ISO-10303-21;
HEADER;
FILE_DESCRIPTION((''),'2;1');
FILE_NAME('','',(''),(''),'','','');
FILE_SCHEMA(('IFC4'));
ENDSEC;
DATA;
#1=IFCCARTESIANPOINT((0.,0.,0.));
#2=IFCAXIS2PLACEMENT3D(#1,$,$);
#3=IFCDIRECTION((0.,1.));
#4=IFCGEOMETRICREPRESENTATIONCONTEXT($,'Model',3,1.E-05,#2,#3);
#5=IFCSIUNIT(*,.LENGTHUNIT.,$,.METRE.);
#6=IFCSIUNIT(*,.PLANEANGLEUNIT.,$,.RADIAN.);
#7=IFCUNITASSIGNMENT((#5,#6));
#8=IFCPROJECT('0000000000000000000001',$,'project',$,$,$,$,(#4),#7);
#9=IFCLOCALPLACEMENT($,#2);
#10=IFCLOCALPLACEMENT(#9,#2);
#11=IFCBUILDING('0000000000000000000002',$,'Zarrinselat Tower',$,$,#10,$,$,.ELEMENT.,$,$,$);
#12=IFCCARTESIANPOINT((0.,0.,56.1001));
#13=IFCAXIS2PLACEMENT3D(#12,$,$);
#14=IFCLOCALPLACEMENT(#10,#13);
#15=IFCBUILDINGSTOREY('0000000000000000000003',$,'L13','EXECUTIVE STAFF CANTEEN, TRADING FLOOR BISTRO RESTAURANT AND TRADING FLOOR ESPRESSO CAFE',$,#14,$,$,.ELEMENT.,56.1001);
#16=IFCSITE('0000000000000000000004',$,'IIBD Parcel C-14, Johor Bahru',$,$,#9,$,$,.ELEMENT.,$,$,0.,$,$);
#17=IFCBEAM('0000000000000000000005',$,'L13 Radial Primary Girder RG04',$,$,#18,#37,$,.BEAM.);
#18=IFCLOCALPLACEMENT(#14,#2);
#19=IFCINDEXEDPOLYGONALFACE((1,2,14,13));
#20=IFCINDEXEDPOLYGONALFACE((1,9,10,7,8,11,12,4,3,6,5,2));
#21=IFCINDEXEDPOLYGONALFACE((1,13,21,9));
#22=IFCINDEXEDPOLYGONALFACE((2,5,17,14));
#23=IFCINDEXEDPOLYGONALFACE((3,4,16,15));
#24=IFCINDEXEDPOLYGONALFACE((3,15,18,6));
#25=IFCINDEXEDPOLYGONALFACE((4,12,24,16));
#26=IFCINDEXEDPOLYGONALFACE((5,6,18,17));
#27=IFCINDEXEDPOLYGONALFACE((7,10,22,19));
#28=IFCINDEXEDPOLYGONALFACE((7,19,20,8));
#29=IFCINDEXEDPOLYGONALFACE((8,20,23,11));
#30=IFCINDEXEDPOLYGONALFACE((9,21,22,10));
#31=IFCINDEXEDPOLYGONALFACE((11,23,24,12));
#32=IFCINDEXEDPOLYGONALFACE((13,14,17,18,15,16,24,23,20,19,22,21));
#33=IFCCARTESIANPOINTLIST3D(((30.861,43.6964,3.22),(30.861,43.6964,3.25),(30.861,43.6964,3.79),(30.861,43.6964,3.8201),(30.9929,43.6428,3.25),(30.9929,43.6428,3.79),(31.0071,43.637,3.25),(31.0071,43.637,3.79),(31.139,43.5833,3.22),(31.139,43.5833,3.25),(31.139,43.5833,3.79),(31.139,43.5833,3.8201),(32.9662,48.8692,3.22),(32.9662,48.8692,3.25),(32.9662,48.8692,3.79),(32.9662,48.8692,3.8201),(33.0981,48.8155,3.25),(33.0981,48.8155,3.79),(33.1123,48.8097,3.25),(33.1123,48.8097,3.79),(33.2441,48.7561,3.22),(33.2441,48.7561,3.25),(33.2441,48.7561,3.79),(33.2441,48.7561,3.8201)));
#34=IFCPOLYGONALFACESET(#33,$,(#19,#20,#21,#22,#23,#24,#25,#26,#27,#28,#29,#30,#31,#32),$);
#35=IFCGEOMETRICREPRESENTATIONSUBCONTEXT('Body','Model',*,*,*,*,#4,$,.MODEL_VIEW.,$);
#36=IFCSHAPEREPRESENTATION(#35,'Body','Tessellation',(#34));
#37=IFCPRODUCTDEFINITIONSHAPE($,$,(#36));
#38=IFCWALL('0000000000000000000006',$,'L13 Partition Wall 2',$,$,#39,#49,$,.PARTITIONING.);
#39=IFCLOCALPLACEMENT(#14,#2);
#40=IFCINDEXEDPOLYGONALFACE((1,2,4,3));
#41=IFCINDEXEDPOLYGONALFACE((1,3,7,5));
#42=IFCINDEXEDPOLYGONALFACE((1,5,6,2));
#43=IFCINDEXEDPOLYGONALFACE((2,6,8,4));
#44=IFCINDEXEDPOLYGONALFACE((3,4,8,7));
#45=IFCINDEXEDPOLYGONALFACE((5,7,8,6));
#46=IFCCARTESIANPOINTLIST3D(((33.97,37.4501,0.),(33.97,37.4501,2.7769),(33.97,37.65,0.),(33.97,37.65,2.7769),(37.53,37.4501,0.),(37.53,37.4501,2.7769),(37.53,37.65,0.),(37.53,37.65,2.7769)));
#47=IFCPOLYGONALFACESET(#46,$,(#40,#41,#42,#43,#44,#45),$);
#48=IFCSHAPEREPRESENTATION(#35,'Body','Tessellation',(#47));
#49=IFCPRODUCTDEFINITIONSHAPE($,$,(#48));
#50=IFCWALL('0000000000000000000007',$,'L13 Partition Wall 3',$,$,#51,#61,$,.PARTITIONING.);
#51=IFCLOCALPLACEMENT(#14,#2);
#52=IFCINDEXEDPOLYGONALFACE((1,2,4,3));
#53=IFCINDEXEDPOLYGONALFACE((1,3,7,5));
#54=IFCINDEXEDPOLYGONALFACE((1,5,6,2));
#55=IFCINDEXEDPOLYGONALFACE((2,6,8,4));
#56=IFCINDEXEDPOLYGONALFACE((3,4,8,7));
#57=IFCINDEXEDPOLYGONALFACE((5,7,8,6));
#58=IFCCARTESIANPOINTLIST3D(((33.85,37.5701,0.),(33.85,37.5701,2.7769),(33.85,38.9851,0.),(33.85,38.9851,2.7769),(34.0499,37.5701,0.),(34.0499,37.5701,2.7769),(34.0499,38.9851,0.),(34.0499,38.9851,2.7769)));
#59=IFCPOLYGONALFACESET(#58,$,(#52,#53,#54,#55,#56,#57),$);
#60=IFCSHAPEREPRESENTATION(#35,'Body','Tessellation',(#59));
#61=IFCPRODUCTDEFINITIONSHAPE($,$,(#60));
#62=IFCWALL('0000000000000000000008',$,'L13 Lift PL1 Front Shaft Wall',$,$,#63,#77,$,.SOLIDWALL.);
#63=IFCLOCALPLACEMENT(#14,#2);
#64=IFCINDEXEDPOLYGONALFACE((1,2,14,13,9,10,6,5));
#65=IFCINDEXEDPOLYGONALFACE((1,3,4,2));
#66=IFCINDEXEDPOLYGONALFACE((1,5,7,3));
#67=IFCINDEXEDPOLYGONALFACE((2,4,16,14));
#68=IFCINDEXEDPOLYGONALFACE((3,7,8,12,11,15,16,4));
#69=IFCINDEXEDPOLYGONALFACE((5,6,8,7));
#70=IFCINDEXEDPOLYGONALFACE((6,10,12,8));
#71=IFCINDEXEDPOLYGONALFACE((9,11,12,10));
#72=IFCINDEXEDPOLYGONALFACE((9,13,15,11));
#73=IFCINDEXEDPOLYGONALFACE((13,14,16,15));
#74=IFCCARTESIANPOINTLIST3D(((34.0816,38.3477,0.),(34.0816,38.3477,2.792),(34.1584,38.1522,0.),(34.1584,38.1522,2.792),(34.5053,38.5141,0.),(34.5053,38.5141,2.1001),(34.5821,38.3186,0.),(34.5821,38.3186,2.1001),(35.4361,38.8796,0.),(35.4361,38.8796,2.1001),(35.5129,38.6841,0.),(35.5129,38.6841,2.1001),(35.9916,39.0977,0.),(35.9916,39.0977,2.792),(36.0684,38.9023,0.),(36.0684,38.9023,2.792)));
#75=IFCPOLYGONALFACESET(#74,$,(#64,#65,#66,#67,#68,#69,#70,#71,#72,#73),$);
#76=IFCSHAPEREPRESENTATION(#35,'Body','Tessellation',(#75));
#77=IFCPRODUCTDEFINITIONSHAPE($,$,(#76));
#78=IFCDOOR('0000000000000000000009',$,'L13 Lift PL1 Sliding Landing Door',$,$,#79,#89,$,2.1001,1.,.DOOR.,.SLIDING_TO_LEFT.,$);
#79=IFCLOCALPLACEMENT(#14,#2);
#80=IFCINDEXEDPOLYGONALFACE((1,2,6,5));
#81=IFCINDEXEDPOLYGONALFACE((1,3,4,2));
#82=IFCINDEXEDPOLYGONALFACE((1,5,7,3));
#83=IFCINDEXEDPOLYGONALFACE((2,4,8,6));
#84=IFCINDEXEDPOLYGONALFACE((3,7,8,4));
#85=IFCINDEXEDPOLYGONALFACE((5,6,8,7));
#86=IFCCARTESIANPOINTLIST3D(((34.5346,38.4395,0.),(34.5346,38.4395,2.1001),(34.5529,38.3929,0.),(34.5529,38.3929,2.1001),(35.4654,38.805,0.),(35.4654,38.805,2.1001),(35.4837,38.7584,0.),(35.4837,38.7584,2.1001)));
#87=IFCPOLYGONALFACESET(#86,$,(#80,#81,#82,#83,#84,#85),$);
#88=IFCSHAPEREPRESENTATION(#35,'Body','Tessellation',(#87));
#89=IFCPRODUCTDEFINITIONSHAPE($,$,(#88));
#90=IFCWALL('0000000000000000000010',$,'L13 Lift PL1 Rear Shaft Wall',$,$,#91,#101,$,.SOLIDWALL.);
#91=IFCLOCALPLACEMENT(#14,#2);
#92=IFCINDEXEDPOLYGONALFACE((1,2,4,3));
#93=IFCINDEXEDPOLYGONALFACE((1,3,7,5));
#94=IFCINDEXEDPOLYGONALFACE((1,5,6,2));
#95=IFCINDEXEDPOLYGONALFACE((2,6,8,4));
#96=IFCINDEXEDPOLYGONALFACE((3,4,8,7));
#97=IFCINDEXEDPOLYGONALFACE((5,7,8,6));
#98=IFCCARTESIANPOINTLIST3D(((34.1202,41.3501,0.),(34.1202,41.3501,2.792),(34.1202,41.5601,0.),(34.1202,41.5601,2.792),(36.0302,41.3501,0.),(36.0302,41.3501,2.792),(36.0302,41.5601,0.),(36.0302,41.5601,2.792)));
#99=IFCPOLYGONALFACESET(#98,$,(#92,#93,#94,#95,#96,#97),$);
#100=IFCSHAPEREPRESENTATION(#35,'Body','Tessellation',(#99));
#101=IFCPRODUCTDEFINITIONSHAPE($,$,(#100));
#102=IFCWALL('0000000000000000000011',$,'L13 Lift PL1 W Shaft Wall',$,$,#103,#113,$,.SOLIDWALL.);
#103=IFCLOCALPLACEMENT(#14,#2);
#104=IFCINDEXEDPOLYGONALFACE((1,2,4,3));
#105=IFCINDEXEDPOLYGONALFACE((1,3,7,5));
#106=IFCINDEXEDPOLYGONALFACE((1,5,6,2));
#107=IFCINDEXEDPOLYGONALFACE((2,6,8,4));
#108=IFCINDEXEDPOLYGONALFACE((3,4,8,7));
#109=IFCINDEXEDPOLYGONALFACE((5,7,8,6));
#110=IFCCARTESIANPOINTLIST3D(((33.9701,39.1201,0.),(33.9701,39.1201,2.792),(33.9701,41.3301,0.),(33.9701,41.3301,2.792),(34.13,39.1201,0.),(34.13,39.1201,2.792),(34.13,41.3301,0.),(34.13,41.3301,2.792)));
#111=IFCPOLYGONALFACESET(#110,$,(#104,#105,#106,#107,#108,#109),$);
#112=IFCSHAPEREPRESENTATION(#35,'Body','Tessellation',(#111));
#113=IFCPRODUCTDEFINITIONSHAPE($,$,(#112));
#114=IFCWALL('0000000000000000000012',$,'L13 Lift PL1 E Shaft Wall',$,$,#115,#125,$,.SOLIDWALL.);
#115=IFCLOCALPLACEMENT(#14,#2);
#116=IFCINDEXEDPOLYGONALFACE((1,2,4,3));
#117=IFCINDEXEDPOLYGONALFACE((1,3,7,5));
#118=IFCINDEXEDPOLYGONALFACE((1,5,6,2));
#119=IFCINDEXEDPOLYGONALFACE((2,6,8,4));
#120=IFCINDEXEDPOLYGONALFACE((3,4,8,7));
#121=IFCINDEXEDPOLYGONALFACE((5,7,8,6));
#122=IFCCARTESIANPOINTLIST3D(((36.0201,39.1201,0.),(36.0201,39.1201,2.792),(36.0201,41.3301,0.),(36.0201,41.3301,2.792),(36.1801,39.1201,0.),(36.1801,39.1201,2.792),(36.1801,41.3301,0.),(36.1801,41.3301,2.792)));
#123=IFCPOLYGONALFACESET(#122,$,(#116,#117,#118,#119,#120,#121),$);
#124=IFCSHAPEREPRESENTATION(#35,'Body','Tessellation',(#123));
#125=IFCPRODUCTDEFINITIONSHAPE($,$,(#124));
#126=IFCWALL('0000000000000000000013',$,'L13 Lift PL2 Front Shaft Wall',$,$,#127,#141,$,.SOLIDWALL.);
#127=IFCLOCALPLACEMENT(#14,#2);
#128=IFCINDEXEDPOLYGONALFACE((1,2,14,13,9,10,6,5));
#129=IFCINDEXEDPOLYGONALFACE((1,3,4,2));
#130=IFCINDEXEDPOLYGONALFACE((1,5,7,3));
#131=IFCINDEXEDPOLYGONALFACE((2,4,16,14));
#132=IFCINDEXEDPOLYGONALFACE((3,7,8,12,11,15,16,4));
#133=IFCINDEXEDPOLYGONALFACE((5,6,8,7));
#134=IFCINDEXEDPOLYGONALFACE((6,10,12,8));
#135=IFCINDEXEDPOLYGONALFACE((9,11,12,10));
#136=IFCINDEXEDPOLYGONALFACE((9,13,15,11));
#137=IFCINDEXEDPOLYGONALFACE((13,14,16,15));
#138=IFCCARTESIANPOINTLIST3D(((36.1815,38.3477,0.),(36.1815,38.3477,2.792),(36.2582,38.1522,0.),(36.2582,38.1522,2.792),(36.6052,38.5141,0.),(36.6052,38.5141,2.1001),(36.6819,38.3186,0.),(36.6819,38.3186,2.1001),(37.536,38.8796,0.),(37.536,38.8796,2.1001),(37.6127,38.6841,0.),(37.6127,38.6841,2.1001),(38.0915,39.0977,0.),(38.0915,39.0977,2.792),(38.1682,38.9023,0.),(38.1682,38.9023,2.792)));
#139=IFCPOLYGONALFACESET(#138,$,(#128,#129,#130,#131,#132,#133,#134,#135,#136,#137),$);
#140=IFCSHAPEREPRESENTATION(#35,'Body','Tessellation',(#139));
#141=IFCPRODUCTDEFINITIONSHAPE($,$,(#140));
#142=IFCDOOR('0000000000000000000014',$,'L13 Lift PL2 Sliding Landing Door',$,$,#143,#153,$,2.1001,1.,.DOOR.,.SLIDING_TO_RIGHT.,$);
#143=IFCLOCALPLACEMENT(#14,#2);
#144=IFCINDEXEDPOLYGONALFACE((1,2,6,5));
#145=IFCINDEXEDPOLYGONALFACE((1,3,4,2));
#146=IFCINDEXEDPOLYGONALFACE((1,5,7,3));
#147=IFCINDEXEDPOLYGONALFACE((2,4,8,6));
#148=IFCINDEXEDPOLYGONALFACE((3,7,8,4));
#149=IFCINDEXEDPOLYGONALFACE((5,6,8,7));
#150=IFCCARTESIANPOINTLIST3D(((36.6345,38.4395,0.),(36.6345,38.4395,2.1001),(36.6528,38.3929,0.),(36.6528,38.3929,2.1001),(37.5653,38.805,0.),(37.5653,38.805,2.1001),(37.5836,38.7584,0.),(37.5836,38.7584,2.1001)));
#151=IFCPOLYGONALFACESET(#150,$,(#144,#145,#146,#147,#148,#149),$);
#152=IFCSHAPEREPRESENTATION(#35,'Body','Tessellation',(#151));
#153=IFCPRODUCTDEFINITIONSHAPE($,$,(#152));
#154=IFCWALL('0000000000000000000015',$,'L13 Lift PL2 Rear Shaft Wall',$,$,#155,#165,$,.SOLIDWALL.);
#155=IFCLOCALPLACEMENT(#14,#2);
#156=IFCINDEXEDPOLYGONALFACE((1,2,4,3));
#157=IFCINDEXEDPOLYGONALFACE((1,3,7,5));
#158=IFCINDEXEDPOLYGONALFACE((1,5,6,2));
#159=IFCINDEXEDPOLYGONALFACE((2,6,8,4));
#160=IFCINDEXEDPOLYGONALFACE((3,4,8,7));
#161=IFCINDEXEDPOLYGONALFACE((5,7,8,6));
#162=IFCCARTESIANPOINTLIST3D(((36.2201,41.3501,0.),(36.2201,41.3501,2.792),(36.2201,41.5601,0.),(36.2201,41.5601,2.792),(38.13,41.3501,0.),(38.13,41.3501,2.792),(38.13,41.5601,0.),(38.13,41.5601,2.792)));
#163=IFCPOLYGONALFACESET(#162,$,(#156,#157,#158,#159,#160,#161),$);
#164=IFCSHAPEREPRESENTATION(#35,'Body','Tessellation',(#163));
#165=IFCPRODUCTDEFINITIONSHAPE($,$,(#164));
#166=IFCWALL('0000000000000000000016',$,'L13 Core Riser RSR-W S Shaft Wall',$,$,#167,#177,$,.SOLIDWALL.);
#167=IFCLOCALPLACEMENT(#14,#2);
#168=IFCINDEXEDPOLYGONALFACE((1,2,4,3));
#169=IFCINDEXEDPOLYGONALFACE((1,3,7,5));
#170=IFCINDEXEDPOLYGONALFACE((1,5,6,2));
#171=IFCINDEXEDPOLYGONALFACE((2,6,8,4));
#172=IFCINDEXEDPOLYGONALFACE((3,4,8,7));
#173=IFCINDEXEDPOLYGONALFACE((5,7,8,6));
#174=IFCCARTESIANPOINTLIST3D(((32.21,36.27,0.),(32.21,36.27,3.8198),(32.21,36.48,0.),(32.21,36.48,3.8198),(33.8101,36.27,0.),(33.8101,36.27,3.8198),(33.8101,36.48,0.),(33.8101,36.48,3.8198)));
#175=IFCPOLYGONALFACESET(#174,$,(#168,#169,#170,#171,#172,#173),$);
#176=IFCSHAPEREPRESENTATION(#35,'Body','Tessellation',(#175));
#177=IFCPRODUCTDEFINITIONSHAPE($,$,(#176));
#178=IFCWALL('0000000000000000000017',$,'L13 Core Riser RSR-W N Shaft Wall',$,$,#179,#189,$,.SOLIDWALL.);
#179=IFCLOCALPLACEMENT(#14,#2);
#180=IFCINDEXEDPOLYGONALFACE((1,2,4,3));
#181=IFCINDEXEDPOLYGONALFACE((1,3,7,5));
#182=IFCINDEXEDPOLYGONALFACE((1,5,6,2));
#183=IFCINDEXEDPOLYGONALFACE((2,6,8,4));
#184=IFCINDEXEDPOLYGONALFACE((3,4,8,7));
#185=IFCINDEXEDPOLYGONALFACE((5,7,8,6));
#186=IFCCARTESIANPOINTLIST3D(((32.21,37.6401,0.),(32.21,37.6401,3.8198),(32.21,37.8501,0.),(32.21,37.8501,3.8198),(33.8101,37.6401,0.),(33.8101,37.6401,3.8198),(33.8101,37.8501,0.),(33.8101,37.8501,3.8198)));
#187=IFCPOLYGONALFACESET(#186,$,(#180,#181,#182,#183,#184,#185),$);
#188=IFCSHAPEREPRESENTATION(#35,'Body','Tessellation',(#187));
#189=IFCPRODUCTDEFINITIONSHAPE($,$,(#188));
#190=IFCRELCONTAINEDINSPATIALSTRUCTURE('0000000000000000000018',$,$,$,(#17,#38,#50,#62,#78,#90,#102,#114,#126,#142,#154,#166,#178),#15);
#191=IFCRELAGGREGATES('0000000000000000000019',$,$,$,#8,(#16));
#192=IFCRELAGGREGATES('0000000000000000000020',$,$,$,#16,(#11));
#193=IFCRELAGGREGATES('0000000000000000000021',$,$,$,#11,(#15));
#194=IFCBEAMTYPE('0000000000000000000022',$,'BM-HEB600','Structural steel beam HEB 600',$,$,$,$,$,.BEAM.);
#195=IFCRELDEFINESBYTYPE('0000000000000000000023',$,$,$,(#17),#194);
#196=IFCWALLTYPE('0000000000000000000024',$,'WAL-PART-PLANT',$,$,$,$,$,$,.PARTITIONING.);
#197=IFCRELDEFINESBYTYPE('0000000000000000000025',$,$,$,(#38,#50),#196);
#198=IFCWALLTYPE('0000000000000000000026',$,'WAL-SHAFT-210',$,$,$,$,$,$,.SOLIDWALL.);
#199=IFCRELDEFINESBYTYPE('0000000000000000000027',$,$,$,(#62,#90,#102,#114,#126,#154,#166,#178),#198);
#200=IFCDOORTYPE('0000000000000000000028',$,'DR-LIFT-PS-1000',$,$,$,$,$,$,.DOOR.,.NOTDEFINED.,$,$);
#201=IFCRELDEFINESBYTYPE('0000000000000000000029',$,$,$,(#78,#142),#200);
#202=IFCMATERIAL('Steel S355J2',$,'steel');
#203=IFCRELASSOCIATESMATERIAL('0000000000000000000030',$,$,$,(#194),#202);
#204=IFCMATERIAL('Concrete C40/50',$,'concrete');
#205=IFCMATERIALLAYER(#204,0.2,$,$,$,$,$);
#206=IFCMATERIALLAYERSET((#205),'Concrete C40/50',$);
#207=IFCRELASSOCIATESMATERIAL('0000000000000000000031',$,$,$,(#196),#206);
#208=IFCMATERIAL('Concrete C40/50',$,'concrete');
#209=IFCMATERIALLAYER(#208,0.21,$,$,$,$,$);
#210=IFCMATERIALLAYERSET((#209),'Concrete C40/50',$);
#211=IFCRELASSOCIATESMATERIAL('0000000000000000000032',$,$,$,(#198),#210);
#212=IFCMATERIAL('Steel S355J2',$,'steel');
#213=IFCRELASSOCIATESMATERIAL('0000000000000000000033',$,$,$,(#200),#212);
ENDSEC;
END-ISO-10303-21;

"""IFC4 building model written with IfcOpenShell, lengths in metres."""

from ifc_helpers import new_model, si_unit, direction, frame, frame_2d, origin, origin_2d, place, context, subcontext, project, spatial, rectangle, i_section, extrude, material, layer, layer_set, material_profile, profile_set, type_object, element, fill, save


model = new_model("IFC4")

# Units and contexts
model_context = context("Model", 3, precision=1e-05, world=origin(), true_north=direction((0.0, 1.0)))
body_context = subcontext(model_context, "Body", "Model", "MODEL_VIEW")
ifc_project = project(units=[si_unit("LENGTHUNIT", "METRE"), si_unit("PLANEANGLEUNIT", "RADIAN")], contexts=[model_context])

# Site, building, storey
site_placement = place(None, origin())
site = spatial("IfcSite", under=ifc_project, at=site_placement, Name="IIBD Parcel C-14, Johor Bahru", CompositionType="ELEMENT", RefElevation=0.0)
building_placement = place(site_placement, origin())
building = spatial("IfcBuilding", under=site, at=building_placement, Name="Zarrinselat Tower", CompositionType="ELEMENT")
storey_placement = place(building_placement, frame((0.0, 0.0, 56.1001)))
storey = spatial("IfcBuildingStorey", under=building, at=storey_placement, Name="L13", Description="EXECUTIVE STAFF CANTEEN, TRADING FLOOR BISTRO RESTAURANT AND TRADING FLOOR ESPRESSO CAFE", CompositionType="ELEMENT", Elevation=56.1001)

# Beam
ifc_material_1 = material(Name="Steel S355J2", Category="steel")
ifc_material_profile = material_profile(ifc_material_1, i_section(OverallWidth=0.3, OverallDepth=0.6001, WebThickness=0.0154, FlangeThickness=0.03, at=origin_2d()), Name="HEB 600")
ifc_profile_set = profile_set([ifc_material_profile], Name="Steel S355J2")
beam_type = type_object("IfcBeamType", Name="BM-HEB600", Description="Structural steel beam HEB 600", PredefinedType="BEAM", material=ifc_profile_set)
beam_placement = place(storey_placement, frame((31.0, 43.6399, 3.52), z_axis=(0.376954, 0.926232, 0.0), x_axis=(-0.926232, 0.376954, 0.0)))
element("IfcBeam", 1, at=beam_placement, inside=storey, type_object=beam_type, Name="L13 Radial Primary Girder RG04", PredefinedType="BEAM", context=body_context, shape_type="SweptSolid", body=[
    extrude(i_section(OverallWidth=0.3, OverallDepth=0.6001, WebThickness=0.0154, FlangeThickness=0.03, at=origin_2d()), origin(), (0.0, 0.0, 1.0), 5.5847),
])

# Walls
ifc_material_2 = material(Name="Concrete C40/50", Category="concrete")
ifc_layer_1 = layer(ifc_material_2, 0.2)
ifc_layer_set_1 = layer_set([ifc_layer_1], Name="Concrete C40/50")
wall_type_1 = type_object("IfcWallType", Name="WAL-PART-PLANT", PredefinedType="PARTITIONING", material=ifc_layer_set_1)
wall_1_placement = place(storey_placement, frame((33.97, 37.55, 0.0), z_axis=(0.0, 0.0, 1.0), x_axis=(1.0, 0.0, 0.0)))
element("IfcWall", 2, at=wall_1_placement, inside=storey, type_object=wall_type_1, Name="L13 Partition Wall 2", PredefinedType="PARTITIONING", context=body_context, shape_type="SweptSolid", body=[
    extrude(rectangle(XDim=3.5601, YDim=0.2, at=frame_2d((1.78, 0.0))), origin(), (0.0, 0.0, 1.0), 2.7769),
])
wall_2_placement = place(storey_placement, frame((33.95, 37.5701, 0.0), z_axis=(0.0, 0.0, 1.0), x_axis=(0.0, 1.0, 0.0)))
element("IfcWall", 3, at=wall_2_placement, inside=storey, type_object=wall_type_1, Name="L13 Partition Wall 3", PredefinedType="PARTITIONING", context=body_context, shape_type="SweptSolid", body=[
    extrude(rectangle(XDim=1.415, YDim=0.2, at=frame_2d((0.7075, 0.0))), origin(), (0.0, 0.0, 1.0), 2.7769),
])

# Wall, opening, door
ifc_material_3 = material(Name="Concrete C40/50", Category="concrete")
ifc_layer_2 = layer(ifc_material_3, 0.21)
ifc_layer_set_2 = layer_set([ifc_layer_2], Name="Concrete C40/50")
wall_type_2 = type_object("IfcWallType", Name="WAL-SHAFT-210", PredefinedType="SOLIDWALL", material=ifc_layer_set_2)
wall_3_placement = place(storey_placement, frame((34.1201, 38.25, 0.0), z_axis=(0.0, 0.0, 1.0), x_axis=(0.930805, 0.365516, 0.0)))
wall_3 = element("IfcWall", 4, at=wall_3_placement, inside=storey, type_object=wall_type_2, Name="L13 Lift PL1 Front Shaft Wall", PredefinedType="SOLIDWALL", context=body_context, shape_type="SweptSolid", body=[
    extrude(rectangle(XDim=2.052, YDim=0.21, at=frame_2d((1.0259, 0.0))), origin(), (0.0, 0.0, 1.0), 2.792),
])
opening_1_placement = place(wall_3_placement, frame((0.4551, 0.0, 0.0)))
opening_1 = element("IfcOpeningElement", 5, at=opening_1_placement, cuts=wall_3, PredefinedType="OPENING", context=body_context, shape_type="SweptSolid", body=[
    extrude(rectangle(XDim=1.0, YDim=2.1001, at=frame_2d((0.5, 1.05))), frame((0.0, 0.115, 0.0), z_axis=(0.0, -1.0, 0.0), x_axis=(1.0, 0.0, 0.0)), (0.0, 0.0, 1.0), 0.23),
])
ifc_material_4 = material(Name="Steel S355J2", Category="steel")
door_type = type_object("IfcDoorType", Name="DR-LIFT-PS-1000", OperationType="NOTDEFINED", PredefinedType="DOOR", material=ifc_material_4)
door_1_placement = place(opening_1_placement, origin())
door_1 = element("IfcDoor", 6, at=door_1_placement, inside=storey, type_object=door_type, Name="L13 Lift PL1 Sliding Landing Door", OperationType="SLIDING_TO_LEFT", OverallHeight=2.1001, OverallWidth=1.0, PredefinedType="DOOR", context=body_context, shape_type="SweptSolid", body=[
    extrude(rectangle(XDim=1.0, YDim=2.1001, at=frame_2d((0.5, 1.05))), frame((0.0, 0.0249, 0.0), z_axis=(0.0, -1.0, 0.0), x_axis=(1.0, 0.0, 0.0)), (0.0, 0.0, 1.0), 0.05),
])
fill(opening_1, door_1)

# Walls
wall_4_placement = place(storey_placement, frame((34.1201, 41.4551, 0.0), z_axis=(0.0, 0.0, 1.0), x_axis=(1.0, 0.0, 0.0)))
element("IfcWall", 7, at=wall_4_placement, inside=storey, type_object=wall_type_2, Name="L13 Lift PL1 Rear Shaft Wall", PredefinedType="SOLIDWALL", context=body_context, shape_type="SweptSolid", body=[
    extrude(rectangle(XDim=1.9099, YDim=0.21, at=frame_2d((0.9551, 0.0))), origin(), (0.0, 0.0, 1.0), 2.792),
])
for number, where, z_axis, x_axis, name in (
    (8, (34.05, 39.1201, 0.0), (0.0, 0.0, 1.0), (0.0, 1.0, 0.0), "L13 Lift PL1 W Shaft Wall"),
    (9, (36.1001, 39.1201, 0.0), (0.0, 0.0, 1.0), (0.0, 1.0, 0.0), "L13 Lift PL1 E Shaft Wall"),
):
    element("IfcWall", number, at=place(storey_placement, frame(where, z_axis=z_axis, x_axis=x_axis)), inside=storey, type_object=wall_type_2, Name=name, PredefinedType="SOLIDWALL", context=body_context, shape_type="SweptSolid", body=[
        extrude(rectangle(XDim=2.21, YDim=0.1599, at=frame_2d((1.105, 0.0))), origin(), (0.0, 0.0, 1.0), 2.792),
    ])

# Wall, opening, door
wall_5_placement = place(storey_placement, frame((36.22, 38.25, 0.0), z_axis=(0.0, 0.0, 1.0), x_axis=(0.930805, 0.365516, 0.0)))
wall_5 = element("IfcWall", 10, at=wall_5_placement, inside=storey, type_object=wall_type_2, Name="L13 Lift PL2 Front Shaft Wall", PredefinedType="SOLIDWALL", context=body_context, shape_type="SweptSolid", body=[
    extrude(rectangle(XDim=2.052, YDim=0.21, at=frame_2d((1.0259, 0.0))), origin(), (0.0, 0.0, 1.0), 2.792),
])
opening_2_placement = place(wall_5_placement, frame((0.4551, 0.0, 0.0)))
opening_2 = element("IfcOpeningElement", 11, at=opening_2_placement, cuts=wall_5, PredefinedType="OPENING", context=body_context, shape_type="SweptSolid", body=[
    extrude(rectangle(XDim=1.0, YDim=2.1001, at=frame_2d((0.5, 1.05))), frame((0.0, 0.115, 0.0), z_axis=(0.0, -1.0, 0.0), x_axis=(1.0, 0.0, 0.0)), (0.0, 0.0, 1.0), 0.23),
])
door_2_placement = place(opening_2_placement, origin())
door_2 = element("IfcDoor", 12, at=door_2_placement, inside=storey, type_object=door_type, Name="L13 Lift PL2 Sliding Landing Door", OperationType="SLIDING_TO_RIGHT", OverallHeight=2.1001, OverallWidth=1.0, PredefinedType="DOOR", context=body_context, shape_type="SweptSolid", body=[
    extrude(rectangle(XDim=1.0, YDim=2.1001, at=frame_2d((0.5, 1.05))), frame((0.0, 0.0249, 0.0), z_axis=(0.0, -1.0, 0.0), x_axis=(1.0, 0.0, 0.0)), (0.0, 0.0, 1.0), 0.05),
])
fill(opening_2, door_2)

# Walls
wall_6_placement = place(storey_placement, frame((36.22, 41.4551, 0.0), z_axis=(0.0, 0.0, 1.0), x_axis=(1.0, 0.0, 0.0)))
element("IfcWall", 13, at=wall_6_placement, inside=storey, type_object=wall_type_2, Name="L13 Lift PL2 Rear Shaft Wall", PredefinedType="SOLIDWALL", context=body_context, shape_type="SweptSolid", body=[
    extrude(rectangle(XDim=1.9099, YDim=0.21, at=frame_2d((0.9551, 0.0))), origin(), (0.0, 0.0, 1.0), 2.792),
])
for number, where, z_axis, x_axis, name in (
    (14, (32.21, 36.375, 0.0), (0.0, 0.0, 1.0), (1.0, 0.0, 0.0), "L13 Core Riser RSR-W S Shaft Wall"),
    (15, (32.21, 37.7451, 0.0), (0.0, 0.0, 1.0), (1.0, 0.0, 0.0), "L13 Core Riser RSR-W N Shaft Wall"),
):
    element("IfcWall", number, at=place(storey_placement, frame(where, z_axis=z_axis, x_axis=x_axis)), inside=storey, type_object=wall_type_2, Name=name, PredefinedType="SOLIDWALL", context=body_context, shape_type="SweptSolid", body=[
        extrude(rectangle(XDim=1.6001, YDim=0.21, at=frame_2d((0.8, 0.0))), origin(), (0.0, 0.0, 1.0), 3.8198),
    ])

save(model, "model.ifc")
